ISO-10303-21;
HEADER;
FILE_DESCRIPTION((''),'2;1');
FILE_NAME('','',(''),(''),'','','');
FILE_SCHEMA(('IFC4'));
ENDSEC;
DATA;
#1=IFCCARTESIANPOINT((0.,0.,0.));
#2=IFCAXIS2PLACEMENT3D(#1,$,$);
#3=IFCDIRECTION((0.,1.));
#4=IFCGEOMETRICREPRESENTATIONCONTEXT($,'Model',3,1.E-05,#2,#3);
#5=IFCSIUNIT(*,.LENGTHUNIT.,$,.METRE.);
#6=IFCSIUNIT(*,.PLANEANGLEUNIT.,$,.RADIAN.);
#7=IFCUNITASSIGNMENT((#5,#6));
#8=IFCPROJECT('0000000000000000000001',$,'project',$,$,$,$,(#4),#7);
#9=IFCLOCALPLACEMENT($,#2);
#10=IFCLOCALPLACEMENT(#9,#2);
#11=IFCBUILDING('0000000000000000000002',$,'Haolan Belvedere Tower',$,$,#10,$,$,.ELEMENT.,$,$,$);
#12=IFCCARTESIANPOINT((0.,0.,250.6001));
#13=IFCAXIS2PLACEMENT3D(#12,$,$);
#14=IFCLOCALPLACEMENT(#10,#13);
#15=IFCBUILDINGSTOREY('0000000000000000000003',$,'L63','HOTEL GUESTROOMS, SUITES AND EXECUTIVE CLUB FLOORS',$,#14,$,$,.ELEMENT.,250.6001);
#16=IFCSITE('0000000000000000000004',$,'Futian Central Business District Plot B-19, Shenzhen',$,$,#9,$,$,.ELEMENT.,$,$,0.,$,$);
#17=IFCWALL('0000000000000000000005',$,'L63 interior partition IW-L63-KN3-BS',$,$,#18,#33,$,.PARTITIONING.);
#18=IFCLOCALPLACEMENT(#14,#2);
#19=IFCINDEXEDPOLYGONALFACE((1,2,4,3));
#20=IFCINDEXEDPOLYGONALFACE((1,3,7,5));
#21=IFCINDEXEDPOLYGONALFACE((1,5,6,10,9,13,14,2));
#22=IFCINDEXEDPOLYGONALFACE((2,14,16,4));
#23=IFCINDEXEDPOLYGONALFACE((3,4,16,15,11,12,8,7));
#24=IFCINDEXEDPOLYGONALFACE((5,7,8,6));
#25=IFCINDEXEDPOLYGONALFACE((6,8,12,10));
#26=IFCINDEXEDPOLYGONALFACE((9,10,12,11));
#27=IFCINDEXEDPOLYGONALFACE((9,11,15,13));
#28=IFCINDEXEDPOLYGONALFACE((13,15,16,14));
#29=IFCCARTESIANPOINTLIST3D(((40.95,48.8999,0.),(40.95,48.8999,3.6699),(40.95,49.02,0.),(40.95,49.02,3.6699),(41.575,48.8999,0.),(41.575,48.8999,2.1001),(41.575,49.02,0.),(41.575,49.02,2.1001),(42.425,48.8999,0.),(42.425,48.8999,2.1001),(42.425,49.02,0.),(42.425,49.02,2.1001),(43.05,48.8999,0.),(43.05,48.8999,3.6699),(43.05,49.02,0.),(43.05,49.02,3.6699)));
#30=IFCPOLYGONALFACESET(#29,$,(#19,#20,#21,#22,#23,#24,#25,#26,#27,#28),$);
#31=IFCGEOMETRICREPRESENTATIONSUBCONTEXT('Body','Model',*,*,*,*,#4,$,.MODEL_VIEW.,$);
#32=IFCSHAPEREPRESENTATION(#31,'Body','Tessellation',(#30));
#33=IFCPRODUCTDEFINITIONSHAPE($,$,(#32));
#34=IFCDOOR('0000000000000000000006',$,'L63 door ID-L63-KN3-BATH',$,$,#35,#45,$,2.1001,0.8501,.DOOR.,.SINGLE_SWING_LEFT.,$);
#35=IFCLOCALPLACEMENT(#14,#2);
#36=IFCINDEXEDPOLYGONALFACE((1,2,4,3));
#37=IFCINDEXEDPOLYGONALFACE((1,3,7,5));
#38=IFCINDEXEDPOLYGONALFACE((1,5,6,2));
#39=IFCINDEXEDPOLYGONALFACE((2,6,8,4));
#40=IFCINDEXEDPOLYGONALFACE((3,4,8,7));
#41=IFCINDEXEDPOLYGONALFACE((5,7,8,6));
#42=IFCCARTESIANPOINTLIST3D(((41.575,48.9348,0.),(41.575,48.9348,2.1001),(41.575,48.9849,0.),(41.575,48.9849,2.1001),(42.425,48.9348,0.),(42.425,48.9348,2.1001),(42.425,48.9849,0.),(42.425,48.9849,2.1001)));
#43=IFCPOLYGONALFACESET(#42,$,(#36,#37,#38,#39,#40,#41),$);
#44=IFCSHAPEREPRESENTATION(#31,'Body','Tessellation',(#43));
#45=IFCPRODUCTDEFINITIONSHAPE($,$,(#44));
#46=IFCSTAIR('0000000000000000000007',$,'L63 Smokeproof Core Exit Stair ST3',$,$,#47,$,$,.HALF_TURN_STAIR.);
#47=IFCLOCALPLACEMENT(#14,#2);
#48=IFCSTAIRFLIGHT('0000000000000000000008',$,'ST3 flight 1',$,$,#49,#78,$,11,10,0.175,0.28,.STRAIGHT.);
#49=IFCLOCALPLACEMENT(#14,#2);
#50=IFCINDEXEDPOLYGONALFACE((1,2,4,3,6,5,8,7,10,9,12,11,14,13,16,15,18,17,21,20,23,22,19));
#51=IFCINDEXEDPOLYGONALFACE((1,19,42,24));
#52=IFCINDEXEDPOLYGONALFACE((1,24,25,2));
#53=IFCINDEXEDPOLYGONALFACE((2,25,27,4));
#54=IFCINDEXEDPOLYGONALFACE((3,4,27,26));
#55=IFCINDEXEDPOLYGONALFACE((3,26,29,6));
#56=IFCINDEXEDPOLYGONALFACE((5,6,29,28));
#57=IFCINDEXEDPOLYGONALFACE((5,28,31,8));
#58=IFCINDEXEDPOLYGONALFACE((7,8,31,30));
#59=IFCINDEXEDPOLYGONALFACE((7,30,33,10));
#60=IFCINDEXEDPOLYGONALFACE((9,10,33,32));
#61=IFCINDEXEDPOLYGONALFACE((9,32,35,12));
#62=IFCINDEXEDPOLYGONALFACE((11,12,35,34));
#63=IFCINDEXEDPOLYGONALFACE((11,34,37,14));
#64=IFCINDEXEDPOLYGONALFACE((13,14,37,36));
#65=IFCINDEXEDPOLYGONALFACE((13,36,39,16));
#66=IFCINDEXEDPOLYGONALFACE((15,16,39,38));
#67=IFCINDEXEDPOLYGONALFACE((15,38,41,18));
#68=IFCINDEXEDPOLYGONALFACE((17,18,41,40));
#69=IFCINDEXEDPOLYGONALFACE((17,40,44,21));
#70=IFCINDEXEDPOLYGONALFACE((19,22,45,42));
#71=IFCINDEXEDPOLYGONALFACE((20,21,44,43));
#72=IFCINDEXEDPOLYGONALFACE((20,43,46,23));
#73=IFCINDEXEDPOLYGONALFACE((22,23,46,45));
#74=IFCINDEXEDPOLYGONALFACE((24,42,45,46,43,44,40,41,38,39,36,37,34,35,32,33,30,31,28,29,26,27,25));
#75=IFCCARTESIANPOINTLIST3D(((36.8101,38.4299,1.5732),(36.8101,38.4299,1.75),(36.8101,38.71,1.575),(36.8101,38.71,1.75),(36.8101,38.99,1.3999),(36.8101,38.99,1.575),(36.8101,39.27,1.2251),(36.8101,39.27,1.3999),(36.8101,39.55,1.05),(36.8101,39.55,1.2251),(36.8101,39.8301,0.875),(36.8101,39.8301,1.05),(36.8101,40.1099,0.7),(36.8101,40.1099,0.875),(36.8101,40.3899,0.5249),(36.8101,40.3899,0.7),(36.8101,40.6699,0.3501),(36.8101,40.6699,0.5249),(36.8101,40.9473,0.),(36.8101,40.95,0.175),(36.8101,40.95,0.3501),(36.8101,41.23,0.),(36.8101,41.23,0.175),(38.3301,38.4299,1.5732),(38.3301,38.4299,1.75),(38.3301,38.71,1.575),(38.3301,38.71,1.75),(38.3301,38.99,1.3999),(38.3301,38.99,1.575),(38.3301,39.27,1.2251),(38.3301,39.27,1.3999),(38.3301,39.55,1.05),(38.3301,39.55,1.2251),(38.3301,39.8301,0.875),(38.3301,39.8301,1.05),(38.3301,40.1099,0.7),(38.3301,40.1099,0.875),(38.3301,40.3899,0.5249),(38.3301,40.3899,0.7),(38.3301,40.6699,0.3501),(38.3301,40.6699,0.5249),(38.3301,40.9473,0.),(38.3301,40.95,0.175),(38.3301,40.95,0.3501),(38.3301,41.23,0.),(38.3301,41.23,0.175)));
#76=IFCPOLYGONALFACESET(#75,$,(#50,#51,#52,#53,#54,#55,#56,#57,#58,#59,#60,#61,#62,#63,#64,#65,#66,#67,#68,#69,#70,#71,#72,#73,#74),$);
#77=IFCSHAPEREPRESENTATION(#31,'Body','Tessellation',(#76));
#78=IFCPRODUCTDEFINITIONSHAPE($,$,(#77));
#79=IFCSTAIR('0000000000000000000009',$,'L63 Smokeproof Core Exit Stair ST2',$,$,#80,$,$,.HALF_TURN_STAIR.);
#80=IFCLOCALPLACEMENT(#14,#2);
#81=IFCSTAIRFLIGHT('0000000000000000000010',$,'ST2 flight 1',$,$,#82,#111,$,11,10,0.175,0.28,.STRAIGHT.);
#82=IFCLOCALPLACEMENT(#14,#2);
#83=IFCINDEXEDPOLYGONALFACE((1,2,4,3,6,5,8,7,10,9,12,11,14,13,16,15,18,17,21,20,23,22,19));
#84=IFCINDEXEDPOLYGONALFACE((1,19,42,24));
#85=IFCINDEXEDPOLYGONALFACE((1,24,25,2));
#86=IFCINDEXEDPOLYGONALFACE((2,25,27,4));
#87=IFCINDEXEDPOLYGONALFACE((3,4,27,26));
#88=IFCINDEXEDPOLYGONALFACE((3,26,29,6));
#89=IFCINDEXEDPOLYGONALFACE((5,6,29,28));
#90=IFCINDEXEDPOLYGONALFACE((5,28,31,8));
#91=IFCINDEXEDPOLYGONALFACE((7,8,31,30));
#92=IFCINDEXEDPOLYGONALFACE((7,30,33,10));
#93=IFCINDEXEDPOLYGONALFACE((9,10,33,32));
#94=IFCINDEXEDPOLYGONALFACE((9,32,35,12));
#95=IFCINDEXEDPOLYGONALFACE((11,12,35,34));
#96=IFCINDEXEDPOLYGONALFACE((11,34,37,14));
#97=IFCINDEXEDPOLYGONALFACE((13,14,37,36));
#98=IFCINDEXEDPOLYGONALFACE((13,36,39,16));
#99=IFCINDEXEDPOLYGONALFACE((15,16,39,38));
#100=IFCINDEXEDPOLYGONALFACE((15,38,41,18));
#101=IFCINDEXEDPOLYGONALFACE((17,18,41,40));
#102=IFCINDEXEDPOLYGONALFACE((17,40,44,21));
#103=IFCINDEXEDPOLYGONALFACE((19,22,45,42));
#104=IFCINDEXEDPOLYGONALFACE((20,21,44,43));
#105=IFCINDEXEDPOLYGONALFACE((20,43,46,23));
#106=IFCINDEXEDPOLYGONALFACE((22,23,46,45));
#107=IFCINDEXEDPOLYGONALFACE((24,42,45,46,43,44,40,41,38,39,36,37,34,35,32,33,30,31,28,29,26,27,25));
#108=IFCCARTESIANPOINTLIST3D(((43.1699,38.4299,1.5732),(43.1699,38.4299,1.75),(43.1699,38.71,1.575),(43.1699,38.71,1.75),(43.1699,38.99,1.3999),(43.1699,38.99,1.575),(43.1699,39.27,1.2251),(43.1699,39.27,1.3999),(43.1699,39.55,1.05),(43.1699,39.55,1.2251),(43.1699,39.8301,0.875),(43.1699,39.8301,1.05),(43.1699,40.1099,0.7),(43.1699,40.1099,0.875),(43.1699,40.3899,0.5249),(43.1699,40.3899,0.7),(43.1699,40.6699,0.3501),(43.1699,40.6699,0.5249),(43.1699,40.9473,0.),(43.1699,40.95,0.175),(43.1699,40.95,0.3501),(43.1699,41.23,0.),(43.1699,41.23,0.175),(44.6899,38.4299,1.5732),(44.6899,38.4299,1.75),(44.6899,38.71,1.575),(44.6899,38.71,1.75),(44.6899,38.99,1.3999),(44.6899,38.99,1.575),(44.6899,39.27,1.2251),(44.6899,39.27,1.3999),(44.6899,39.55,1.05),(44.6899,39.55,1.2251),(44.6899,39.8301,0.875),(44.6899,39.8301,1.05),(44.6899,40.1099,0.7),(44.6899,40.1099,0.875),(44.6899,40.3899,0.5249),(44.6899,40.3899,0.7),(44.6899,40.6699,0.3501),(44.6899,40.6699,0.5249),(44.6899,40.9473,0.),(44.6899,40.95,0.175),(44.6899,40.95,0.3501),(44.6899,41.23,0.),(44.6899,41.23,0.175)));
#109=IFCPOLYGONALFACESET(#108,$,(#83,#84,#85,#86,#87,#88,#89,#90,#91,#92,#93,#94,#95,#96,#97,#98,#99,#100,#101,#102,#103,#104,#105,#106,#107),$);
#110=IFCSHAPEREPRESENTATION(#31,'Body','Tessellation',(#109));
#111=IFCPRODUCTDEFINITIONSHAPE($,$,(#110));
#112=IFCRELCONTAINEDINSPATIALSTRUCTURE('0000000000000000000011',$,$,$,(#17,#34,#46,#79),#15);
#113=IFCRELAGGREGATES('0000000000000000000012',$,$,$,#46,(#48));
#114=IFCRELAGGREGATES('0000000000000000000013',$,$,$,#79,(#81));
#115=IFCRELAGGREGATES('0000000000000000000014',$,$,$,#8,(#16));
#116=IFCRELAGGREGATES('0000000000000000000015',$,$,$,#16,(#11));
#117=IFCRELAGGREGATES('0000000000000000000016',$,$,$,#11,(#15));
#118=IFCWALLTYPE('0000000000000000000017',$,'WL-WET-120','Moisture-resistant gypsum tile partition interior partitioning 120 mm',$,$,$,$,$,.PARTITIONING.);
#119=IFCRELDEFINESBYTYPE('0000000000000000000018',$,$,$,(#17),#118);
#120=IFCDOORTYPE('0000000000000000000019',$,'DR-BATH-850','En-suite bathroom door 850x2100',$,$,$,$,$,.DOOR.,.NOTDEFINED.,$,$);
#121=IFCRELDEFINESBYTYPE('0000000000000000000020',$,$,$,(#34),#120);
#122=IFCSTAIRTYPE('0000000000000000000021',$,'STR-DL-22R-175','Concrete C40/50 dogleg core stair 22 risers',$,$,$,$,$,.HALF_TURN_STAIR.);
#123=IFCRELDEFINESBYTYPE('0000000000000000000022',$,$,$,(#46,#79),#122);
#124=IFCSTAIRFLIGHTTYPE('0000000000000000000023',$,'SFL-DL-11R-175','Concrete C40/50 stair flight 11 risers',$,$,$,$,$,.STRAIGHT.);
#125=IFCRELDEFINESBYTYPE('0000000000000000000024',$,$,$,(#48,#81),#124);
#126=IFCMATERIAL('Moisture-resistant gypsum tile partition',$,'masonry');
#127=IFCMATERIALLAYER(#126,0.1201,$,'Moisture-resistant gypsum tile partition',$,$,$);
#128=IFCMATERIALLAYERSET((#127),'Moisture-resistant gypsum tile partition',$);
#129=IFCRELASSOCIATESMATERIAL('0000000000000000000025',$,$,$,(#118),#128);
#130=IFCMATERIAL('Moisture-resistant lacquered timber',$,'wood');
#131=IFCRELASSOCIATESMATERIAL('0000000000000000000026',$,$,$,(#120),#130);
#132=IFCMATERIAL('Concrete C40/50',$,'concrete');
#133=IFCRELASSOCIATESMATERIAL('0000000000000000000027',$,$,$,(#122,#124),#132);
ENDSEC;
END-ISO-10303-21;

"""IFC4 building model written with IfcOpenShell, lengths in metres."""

from ifc_helpers import new_model, si_unit, direction, frame, frame_2d, origin, place, context, subcontext, project, spatial, polyline, rectangle, outline, extrude, material, layer, layer_set, type_object, element, fill, aggregate, save


model = new_model("IFC4")

# Units and contexts
model_context = context("Model", 3, precision=1e-05, world=origin(), true_north=direction((0.0, 1.0)))
body_context = subcontext(model_context, "Body", "Model", "MODEL_VIEW")
ifc_project = project(units=[si_unit("LENGTHUNIT", "METRE"), si_unit("PLANEANGLEUNIT", "RADIAN")], contexts=[model_context])

# Site, building, storey
site_placement = place(None, origin())
site = spatial("IfcSite", under=ifc_project, at=site_placement, Name="Futian Central Business District Plot B-19, Shenzhen", CompositionType="ELEMENT", RefElevation=0.0)
building_placement = place(site_placement, origin())
building = spatial("IfcBuilding", under=site, at=building_placement, Name="Haolan Belvedere Tower", CompositionType="ELEMENT")
storey_placement = place(building_placement, frame((0.0, 0.0, 250.6001)))
storey = spatial("IfcBuildingStorey", under=building, at=storey_placement, Name="L63", Description="HOTEL GUESTROOMS, SUITES AND EXECUTIVE CLUB FLOORS", CompositionType="ELEMENT", Elevation=250.6001)

# Shared definitions
ifc_material_1 = material(Name="Moisture-resistant gypsum tile partition", Category="masonry")
ifc_layer_1 = layer(ifc_material_1, 0.1201, Name="Moisture-resistant gypsum tile partition")
ifc_layer_set_1 = layer_set([ifc_layer_1], Name="Moisture-resistant gypsum tile partition")
wall_type_1 = type_object("IfcWallType", Name="WL-WET-120", Description="Moisture-resistant gypsum tile partition interior partitioning 120 mm", PredefinedType="PARTITIONING", material=ifc_layer_set_1)
ifc_material_2 = material(Name="Moisture-resistant lacquered timber", Category="wood")
door_type_1 = type_object("IfcDoorType", Name="DR-BATH-850", Description="En-suite bathroom door 850x2100", OperationType="NOTDEFINED", PredefinedType="DOOR", material=ifc_material_2)

# Wall, opening, door
wall_1_placement = place(storey_placement, frame((40.95, 48.96, 0.0), z_axis=(0.0, 0.0, 1.0), x_axis=(1.0, 0.0, 0.0)))
wall_1 = element("IfcWall", 1, at=wall_1_placement, inside=storey, type_object=wall_type_1, Name="L63 interior partition IW-L63-KN3-BS", PredefinedType="PARTITIONING", context=body_context, shape_type="SweptSolid", body=[
    extrude(rectangle(XDim=2.1001, YDim=0.1201, at=frame_2d((1.05, 0.0))), origin(), (0.0, 0.0, 1.0), 3.6699),
])
opening_1_placement = place(wall_1_placement, frame((0.625, 0.0, 0.0)))
opening_1 = element("IfcOpeningElement", 2, at=opening_1_placement, cuts=wall_1, PredefinedType="OPENING", context=body_context, shape_type="SweptSolid", body=[
    extrude(rectangle(XDim=0.8501, YDim=2.1001, at=frame_2d((0.425, 1.05))), frame((0.0, 0.0701, 0.0), z_axis=(0.0, -1.0, 0.0), x_axis=(1.0, 0.0, 0.0)), (0.0, 0.0, 1.0), 0.1401),
])
door_1_placement = place(opening_1_placement, origin())
door_1 = element("IfcDoor", 3, at=door_1_placement, inside=storey, type_object=door_type_1, Name="L63 door ID-L63-KN3-BATH", OperationType="SINGLE_SWING_LEFT", OverallHeight=2.1001, OverallWidth=0.8501, PredefinedType="DOOR", context=body_context, shape_type="SweptSolid", body=[
    extrude(rectangle(XDim=0.8501, YDim=2.1001, at=frame_2d((0.425, 1.05))), frame((0.0, 0.0249, 0.0), z_axis=(0.0, -1.0, 0.0), x_axis=(1.0, 0.0, 0.0)), (0.0, 0.0, 1.0), 0.05),
])
fill(opening_1, door_1)

# Stairs, stair flights
ifc_material_3 = material(Name="Concrete C40/50", Category="concrete")
stair_type = type_object("IfcStairType", Name="STR-DL-22R-175", Description="Concrete C40/50 dogleg core stair 22 risers", PredefinedType="HALF_TURN_STAIR", material=ifc_material_3)
stair_1_placement = place(storey_placement, origin())
stair_1 = element("IfcStair", 4, at=stair_1_placement, inside=storey, type_object=stair_type, Name="L63 Smokeproof Core Exit Stair ST3", PredefinedType="HALF_TURN_STAIR")
stair_flight_type = type_object("IfcStairFlightType", Name="SFL-DL-11R-175", Description="Concrete C40/50 stair flight 11 risers", PredefinedType="STRAIGHT", material=ifc_material_3)
stair_flight_1_placement = place(storey_placement, frame((37.5701, 41.23, 0.0), z_axis=(0.0, 0.0, 1.0), x_axis=(0.0, -1.0, 0.0)))
stair_flight_1 = element("IfcStairFlight", 5, at=stair_flight_1_placement, type_object=stair_flight_type, Name="ST3 flight 1", NumberOfRisers=11, NumberOfTreads=10, PredefinedType="STRAIGHT", RiserHeight=0.175, TreadLength=0.28, context=body_context, shape_type="SweptSolid", body=[
    extrude(outline(polyline([(0.0, 0.0), (0.0, 0.175), (0.28, 0.175), (0.28, 0.3501), (0.5601, 0.3501), (0.5601, 0.5249), (0.8401, 0.5249), (0.8401, 0.7), (1.1201, 0.7), (1.1201, 0.875), (1.3999, 0.875), (1.3999, 1.05), (1.6799, 1.05), (1.6799, 1.2251), (1.96, 1.2251), (1.96, 1.3999), (2.24, 1.3999), (2.24, 1.575), (2.52, 1.575), (2.52, 1.75), (2.8, 1.75), (2.8, 1.925), (2.8, 1.5732), (0.2827, 0.0), (0.0, 0.0)])), frame((0.0, 0.76, 0.0), z_axis=(0.0, -1.0, 0.0), x_axis=(1.0, 0.0, 0.0)), (0.0, 0.0, 1.0), 1.52),
])
aggregate(stair_1, [stair_flight_1])
stair_2_placement = place(storey_placement, origin())
stair_2 = element("IfcStair", 6, at=stair_2_placement, inside=storey, type_object=stair_type, Name="L63 Smokeproof Core Exit Stair ST2", PredefinedType="HALF_TURN_STAIR")
stair_flight_2_placement = place(storey_placement, frame((43.9299, 41.23, 0.0), z_axis=(0.0, 0.0, 1.0), x_axis=(0.0, -1.0, 0.0)))
stair_flight_2 = element("IfcStairFlight", 7, at=stair_flight_2_placement, type_object=stair_flight_type, Name="ST2 flight 1", NumberOfRisers=11, NumberOfTreads=10, PredefinedType="STRAIGHT", RiserHeight=0.175, TreadLength=0.28, context=body_context, shape_type="SweptSolid", body=[
    extrude(outline(polyline([(0.0, 0.0), (0.0, 0.175), (0.28, 0.175), (0.28, 0.3501), (0.5601, 0.3501), (0.5601, 0.5249), (0.8401, 0.5249), (0.8401, 0.7), (1.1201, 0.7), (1.1201, 0.875), (1.3999, 0.875), (1.3999, 1.05), (1.6799, 1.05), (1.6799, 1.2251), (1.96, 1.2251), (1.96, 1.3999), (2.24, 1.3999), (2.24, 1.575), (2.52, 1.575), (2.52, 1.75), (2.8, 1.75), (2.8, 1.925), (2.8, 1.5732), (0.2827, 0.0), (0.0, 0.0)])), frame((0.0, 0.76, 0.0), z_axis=(0.0, -1.0, 0.0), x_axis=(1.0, 0.0, 0.0)), (0.0, 0.0, 1.0), 1.52),
])
aggregate(stair_2, [stair_flight_2])

save(model, "model.ifc")
